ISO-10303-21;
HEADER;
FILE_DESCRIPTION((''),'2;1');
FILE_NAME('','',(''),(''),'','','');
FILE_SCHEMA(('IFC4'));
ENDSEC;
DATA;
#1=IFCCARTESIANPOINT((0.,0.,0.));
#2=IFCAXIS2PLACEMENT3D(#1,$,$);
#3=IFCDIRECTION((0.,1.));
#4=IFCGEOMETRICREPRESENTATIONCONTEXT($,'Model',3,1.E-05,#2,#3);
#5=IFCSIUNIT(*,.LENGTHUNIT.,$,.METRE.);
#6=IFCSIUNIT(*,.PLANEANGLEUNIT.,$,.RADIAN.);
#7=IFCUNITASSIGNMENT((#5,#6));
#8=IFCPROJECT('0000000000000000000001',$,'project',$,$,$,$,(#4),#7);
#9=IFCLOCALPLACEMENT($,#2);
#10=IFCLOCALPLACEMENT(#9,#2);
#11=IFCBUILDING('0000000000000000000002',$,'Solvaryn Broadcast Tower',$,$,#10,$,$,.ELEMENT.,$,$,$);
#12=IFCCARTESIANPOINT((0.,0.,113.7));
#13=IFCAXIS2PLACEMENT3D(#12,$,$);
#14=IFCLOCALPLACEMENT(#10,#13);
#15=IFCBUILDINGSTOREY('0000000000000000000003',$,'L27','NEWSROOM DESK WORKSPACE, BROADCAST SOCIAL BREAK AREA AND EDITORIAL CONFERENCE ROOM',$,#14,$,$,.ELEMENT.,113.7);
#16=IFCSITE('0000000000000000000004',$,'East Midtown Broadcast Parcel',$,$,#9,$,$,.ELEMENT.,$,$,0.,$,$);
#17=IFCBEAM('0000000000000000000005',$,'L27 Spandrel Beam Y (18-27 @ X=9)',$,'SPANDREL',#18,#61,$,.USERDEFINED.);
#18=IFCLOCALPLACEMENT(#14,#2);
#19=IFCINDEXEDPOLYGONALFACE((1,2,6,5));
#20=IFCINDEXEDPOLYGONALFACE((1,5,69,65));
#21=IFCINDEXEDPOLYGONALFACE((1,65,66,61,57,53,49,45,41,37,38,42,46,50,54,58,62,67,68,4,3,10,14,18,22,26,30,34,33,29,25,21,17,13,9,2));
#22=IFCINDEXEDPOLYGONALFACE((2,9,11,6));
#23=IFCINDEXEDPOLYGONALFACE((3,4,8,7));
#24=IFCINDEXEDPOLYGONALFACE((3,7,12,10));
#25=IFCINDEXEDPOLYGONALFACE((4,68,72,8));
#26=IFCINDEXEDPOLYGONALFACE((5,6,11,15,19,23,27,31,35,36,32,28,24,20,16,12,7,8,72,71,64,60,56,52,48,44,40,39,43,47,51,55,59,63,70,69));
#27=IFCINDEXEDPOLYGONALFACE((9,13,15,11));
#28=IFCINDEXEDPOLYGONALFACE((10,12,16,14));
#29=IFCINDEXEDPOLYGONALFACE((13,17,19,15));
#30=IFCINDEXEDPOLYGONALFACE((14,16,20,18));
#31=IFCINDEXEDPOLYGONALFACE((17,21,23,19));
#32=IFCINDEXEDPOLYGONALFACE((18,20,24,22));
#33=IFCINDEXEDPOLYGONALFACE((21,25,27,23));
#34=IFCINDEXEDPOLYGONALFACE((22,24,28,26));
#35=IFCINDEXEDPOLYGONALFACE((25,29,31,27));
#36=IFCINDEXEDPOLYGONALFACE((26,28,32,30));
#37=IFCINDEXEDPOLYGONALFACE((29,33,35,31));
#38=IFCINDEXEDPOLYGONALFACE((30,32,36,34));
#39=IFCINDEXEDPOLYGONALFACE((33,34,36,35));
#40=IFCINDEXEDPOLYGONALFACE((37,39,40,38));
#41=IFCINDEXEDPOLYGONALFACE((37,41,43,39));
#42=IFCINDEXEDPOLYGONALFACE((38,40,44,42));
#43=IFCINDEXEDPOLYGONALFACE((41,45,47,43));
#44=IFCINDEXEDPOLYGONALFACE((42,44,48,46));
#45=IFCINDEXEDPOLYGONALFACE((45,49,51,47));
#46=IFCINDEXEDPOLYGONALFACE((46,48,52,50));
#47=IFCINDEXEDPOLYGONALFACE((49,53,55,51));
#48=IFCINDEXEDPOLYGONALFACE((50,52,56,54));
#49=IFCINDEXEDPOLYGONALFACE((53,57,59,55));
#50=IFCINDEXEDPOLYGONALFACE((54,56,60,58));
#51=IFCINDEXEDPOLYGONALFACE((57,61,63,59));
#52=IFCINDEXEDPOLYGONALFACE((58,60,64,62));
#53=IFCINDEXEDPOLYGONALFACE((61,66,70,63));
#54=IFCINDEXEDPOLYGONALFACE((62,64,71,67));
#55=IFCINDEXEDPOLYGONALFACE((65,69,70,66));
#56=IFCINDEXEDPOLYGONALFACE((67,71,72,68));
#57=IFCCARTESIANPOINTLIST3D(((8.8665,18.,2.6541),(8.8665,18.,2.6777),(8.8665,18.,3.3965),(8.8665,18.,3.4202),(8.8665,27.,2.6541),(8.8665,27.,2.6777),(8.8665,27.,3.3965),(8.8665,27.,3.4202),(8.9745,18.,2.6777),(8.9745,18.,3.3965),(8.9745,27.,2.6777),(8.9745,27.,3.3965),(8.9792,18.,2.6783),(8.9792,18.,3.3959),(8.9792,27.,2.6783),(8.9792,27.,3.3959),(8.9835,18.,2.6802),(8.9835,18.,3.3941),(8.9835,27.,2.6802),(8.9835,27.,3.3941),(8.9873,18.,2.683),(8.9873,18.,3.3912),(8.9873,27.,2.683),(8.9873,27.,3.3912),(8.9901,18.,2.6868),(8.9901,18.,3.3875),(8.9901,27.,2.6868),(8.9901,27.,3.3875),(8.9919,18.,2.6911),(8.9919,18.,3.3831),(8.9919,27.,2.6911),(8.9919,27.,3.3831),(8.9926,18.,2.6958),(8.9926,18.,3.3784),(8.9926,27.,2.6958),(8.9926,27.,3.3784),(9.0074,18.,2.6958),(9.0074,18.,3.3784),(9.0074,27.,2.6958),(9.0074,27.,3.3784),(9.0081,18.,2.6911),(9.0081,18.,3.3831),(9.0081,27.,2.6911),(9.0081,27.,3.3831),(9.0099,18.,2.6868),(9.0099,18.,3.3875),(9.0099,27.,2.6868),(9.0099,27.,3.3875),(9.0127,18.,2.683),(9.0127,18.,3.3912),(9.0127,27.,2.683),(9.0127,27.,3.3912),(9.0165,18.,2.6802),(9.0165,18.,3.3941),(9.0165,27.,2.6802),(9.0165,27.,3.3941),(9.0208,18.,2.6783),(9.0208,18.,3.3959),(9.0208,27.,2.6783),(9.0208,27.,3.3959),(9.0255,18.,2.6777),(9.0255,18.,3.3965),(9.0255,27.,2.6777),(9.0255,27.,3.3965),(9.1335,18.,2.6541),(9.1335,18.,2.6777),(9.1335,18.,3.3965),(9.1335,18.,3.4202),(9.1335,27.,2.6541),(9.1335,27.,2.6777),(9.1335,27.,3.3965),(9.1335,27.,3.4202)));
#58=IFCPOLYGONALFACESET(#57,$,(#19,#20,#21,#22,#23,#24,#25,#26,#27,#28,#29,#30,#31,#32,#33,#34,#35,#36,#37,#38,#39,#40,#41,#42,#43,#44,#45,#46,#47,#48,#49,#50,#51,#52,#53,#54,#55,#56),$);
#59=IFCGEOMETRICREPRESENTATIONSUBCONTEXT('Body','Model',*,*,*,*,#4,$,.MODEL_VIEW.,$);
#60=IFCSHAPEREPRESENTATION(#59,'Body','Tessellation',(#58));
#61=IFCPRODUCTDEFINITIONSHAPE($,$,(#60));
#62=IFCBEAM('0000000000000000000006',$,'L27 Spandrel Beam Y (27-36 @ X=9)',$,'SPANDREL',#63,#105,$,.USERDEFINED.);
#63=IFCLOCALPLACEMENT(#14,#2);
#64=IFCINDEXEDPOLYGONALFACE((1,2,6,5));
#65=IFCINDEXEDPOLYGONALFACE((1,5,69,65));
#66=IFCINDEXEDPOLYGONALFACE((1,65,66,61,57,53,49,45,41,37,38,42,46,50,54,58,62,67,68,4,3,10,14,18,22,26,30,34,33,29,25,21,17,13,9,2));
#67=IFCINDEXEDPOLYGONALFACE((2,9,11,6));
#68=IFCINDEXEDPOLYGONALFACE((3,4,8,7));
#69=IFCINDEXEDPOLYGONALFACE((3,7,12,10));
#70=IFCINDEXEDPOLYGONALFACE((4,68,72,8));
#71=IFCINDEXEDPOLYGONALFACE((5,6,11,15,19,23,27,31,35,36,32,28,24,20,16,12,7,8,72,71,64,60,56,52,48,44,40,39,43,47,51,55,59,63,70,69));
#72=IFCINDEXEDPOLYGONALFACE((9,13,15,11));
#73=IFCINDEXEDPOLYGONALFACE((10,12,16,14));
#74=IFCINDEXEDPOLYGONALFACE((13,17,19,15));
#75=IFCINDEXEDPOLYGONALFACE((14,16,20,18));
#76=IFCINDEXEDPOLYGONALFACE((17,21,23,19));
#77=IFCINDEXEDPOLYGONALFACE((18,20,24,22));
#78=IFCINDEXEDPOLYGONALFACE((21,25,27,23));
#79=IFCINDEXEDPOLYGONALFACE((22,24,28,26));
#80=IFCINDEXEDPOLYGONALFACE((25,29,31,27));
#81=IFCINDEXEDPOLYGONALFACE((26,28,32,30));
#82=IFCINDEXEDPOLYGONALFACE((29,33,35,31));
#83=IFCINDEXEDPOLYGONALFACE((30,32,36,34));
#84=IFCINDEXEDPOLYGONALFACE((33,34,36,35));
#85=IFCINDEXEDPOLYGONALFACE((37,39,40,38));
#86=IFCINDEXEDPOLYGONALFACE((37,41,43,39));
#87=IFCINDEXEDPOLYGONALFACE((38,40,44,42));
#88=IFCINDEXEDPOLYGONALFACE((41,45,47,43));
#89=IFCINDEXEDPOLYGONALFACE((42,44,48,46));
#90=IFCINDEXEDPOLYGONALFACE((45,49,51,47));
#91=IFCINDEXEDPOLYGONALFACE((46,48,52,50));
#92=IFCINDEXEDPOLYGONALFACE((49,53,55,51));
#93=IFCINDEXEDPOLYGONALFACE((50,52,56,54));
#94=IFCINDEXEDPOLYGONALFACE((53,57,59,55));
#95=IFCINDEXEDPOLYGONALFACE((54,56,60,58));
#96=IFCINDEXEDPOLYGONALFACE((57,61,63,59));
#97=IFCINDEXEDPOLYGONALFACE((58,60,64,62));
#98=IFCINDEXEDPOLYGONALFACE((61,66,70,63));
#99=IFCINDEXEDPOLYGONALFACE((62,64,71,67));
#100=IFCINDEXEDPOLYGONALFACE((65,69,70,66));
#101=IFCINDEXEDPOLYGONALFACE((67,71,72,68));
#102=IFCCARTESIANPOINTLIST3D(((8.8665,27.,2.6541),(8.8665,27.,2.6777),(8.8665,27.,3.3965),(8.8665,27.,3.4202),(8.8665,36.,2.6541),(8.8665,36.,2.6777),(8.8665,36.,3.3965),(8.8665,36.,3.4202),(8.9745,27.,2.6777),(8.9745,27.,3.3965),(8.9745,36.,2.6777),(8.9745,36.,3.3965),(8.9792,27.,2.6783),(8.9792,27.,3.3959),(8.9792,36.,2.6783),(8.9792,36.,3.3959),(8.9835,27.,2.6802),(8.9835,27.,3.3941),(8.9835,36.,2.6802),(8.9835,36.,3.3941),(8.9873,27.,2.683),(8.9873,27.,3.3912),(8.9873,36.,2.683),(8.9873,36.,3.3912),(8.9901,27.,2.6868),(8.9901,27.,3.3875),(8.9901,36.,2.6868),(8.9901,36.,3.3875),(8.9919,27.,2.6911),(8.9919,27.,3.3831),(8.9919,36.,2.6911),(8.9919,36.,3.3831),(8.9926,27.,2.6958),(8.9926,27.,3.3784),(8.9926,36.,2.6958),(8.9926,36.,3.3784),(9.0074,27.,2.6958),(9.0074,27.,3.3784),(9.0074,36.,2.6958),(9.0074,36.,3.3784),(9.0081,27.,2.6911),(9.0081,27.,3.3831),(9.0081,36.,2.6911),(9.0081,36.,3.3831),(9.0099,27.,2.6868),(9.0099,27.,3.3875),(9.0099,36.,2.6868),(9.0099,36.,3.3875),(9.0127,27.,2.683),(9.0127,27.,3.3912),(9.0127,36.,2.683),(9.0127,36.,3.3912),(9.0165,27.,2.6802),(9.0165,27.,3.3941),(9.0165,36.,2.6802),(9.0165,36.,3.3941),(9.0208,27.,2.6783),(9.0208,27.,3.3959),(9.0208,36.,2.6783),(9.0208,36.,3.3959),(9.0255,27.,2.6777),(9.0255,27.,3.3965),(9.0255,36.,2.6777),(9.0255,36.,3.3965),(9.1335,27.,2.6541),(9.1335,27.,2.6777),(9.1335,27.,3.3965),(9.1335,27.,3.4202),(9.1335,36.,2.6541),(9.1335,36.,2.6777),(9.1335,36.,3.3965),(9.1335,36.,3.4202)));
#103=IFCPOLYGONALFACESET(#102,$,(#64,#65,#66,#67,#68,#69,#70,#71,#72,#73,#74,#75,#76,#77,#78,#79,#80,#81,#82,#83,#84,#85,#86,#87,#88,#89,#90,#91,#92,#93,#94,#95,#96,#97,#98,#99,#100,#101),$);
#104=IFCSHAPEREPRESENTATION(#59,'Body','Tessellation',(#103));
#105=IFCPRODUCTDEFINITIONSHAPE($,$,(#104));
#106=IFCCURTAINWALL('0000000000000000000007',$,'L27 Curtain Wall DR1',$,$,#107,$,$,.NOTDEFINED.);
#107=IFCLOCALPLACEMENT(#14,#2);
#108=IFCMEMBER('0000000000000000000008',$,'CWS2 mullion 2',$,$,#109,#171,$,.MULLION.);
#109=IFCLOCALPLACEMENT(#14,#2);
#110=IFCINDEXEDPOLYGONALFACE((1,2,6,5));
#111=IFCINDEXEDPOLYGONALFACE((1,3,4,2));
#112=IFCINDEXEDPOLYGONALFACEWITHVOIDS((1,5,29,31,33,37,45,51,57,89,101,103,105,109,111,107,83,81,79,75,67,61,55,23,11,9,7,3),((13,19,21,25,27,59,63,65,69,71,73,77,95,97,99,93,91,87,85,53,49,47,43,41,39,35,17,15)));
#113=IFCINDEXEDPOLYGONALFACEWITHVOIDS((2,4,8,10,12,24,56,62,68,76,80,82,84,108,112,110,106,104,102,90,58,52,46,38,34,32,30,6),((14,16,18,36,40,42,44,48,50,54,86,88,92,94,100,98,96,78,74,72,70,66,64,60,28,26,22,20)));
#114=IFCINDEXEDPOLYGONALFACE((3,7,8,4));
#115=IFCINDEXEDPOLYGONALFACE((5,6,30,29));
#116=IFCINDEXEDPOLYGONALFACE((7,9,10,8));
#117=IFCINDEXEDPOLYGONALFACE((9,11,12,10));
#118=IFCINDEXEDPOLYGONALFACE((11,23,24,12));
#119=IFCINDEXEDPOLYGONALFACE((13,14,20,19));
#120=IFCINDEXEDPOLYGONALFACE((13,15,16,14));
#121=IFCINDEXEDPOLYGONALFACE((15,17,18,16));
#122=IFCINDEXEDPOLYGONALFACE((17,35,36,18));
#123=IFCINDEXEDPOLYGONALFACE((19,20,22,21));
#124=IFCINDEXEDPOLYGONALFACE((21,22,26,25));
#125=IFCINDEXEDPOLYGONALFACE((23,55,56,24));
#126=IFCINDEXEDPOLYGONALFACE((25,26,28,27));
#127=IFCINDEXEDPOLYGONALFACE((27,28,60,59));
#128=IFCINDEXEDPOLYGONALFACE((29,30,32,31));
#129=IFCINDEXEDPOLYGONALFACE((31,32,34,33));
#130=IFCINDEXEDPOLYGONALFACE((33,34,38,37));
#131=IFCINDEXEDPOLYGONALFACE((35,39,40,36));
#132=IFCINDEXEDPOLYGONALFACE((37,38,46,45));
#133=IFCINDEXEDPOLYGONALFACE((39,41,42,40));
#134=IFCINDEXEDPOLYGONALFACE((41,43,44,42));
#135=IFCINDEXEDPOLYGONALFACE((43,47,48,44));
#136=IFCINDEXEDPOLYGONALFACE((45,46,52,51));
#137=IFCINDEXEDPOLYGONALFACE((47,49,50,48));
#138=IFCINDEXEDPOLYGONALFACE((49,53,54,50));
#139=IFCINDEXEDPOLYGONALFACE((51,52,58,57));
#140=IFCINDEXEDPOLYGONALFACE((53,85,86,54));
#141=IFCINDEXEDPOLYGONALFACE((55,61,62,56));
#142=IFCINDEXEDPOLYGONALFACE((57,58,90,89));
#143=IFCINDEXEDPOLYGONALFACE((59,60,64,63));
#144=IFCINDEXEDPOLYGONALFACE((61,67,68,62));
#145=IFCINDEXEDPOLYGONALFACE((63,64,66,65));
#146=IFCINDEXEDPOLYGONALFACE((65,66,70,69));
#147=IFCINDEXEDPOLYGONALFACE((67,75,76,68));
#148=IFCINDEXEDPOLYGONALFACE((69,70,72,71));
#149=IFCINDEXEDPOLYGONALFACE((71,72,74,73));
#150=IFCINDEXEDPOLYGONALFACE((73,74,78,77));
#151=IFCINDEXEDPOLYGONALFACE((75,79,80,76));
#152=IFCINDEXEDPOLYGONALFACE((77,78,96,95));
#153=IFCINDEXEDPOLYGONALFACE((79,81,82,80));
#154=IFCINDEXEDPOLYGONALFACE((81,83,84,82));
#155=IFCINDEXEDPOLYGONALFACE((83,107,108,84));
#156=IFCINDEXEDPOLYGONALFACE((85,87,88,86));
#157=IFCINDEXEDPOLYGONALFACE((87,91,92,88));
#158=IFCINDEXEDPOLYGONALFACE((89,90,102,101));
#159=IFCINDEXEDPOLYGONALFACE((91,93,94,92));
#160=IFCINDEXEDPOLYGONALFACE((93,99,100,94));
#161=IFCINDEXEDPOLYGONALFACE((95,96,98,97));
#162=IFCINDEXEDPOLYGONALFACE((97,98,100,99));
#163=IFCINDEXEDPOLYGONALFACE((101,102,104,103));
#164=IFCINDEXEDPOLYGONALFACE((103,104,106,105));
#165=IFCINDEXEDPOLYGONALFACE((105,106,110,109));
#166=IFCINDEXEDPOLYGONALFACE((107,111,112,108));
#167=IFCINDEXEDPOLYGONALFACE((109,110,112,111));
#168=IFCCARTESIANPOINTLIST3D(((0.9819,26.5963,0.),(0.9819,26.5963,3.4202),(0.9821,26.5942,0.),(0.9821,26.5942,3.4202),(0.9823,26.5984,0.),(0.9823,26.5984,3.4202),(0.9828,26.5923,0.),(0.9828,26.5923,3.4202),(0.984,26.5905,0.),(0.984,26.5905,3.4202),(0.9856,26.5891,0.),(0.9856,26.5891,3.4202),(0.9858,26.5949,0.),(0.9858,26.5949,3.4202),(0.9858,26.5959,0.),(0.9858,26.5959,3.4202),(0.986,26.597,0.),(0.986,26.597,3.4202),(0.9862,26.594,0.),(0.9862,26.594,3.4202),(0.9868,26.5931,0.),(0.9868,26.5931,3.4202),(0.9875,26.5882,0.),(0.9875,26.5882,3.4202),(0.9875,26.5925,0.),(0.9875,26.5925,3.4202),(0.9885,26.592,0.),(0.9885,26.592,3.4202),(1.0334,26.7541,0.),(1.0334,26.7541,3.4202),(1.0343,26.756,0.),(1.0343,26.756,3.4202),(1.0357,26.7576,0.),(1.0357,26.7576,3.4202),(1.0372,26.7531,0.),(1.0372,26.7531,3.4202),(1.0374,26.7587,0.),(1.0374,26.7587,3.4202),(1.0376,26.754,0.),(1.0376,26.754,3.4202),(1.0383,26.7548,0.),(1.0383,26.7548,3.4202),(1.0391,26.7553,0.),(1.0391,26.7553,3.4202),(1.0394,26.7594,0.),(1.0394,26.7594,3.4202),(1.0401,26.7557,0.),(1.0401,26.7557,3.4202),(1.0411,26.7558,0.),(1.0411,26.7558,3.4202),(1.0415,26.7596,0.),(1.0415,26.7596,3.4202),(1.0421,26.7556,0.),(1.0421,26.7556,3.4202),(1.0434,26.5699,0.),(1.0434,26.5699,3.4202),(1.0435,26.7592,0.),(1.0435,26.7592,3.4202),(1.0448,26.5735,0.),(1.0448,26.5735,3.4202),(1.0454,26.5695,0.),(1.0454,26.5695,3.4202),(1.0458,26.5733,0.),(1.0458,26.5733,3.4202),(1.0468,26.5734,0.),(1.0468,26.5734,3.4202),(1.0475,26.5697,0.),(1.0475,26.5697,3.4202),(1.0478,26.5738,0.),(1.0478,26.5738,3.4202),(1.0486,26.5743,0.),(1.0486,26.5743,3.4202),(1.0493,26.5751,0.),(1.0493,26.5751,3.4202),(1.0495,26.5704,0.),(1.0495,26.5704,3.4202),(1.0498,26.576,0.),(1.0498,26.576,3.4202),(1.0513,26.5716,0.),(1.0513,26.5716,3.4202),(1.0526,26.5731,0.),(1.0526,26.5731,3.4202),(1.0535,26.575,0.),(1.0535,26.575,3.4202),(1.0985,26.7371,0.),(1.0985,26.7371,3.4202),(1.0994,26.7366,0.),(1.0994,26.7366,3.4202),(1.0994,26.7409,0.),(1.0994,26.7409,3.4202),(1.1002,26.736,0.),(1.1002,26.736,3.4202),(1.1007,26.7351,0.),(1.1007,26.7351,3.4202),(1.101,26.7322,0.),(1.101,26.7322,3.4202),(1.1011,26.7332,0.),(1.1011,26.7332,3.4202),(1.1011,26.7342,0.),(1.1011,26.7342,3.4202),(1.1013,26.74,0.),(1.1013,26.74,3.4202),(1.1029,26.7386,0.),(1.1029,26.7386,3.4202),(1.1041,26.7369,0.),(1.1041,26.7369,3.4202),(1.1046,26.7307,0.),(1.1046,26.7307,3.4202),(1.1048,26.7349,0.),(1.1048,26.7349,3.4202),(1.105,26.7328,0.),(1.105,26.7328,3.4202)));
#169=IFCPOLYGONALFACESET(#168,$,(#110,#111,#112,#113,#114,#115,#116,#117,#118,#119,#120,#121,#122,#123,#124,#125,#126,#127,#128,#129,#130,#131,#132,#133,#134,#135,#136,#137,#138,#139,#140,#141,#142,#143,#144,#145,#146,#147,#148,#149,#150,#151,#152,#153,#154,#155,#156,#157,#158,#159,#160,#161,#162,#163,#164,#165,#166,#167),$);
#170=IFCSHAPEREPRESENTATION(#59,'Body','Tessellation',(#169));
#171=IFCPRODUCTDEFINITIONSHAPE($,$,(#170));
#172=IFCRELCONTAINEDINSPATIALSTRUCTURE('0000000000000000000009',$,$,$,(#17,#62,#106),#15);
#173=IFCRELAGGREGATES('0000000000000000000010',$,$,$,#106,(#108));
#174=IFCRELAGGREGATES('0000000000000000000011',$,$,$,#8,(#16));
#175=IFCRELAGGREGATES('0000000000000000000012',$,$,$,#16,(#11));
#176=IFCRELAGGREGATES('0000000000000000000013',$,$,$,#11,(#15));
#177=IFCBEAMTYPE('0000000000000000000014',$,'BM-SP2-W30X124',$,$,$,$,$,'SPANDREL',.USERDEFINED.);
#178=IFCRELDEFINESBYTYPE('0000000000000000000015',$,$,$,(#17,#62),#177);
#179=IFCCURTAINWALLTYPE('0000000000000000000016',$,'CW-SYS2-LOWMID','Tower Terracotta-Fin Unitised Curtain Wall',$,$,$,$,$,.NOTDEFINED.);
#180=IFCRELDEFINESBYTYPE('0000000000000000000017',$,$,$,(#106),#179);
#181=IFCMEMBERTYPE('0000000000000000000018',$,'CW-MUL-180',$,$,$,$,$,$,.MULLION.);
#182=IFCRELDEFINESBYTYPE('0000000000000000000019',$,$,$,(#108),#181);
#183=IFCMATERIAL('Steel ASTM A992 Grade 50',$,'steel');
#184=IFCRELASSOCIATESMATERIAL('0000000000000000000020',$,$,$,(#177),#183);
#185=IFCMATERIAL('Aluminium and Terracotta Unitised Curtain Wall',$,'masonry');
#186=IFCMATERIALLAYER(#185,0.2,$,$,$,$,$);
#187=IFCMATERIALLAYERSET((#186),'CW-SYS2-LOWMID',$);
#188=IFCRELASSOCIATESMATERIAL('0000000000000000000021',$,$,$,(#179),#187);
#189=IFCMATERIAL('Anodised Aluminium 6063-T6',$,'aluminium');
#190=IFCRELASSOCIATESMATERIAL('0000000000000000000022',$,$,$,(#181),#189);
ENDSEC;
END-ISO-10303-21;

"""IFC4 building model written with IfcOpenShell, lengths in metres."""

from ifc_helpers import new_model, si_unit, direction, frame, origin, origin_2d, place, context, subcontext, project, spatial, hollow_rectangle, i_section, extrude, material, layer, layer_set, material_profile, profile_set, type_object, element, aggregate, save


model = new_model("IFC4")

# Units and contexts
model_context = context("Model", 3, precision=1e-05, world=origin(), true_north=direction((0.0, 1.0)))
body_context = subcontext(model_context, "Body", "Model", "MODEL_VIEW")
ifc_project = project(units=[si_unit("LENGTHUNIT", "METRE"), si_unit("PLANEANGLEUNIT", "RADIAN")], contexts=[model_context])

# Site, building, storey
site_placement = place(None, origin())
site = spatial("IfcSite", under=ifc_project, at=site_placement, Name="East Midtown Broadcast Parcel", CompositionType="ELEMENT", RefElevation=0.0)
building_placement = place(site_placement, origin())
building = spatial("IfcBuilding", under=site, at=building_placement, Name="Solvaryn Broadcast Tower", CompositionType="ELEMENT")
storey_placement = place(building_placement, frame((0.0, 0.0, 113.7)))
storey = spatial("IfcBuildingStorey", under=building, at=storey_placement, Name="L27", Description="NEWSROOM DESK WORKSPACE, BROADCAST SOCIAL BREAK AREA AND EDITORIAL CONFERENCE ROOM", CompositionType="ELEMENT", Elevation=113.7)

# Beams
ifc_material_1 = material(Name="Steel ASTM A992 Grade 50", Category="steel")
ifc_material_profile_1 = material_profile(ifc_material_1, i_section(OverallWidth=0.2671, OverallDepth=0.7661, WebThickness=0.0149, FlangeThickness=0.0237, FilletRadius=0.0181, at=origin_2d()))
ifc_profile_set_1 = profile_set([ifc_material_profile_1], Name="Steel ASTM A992 Grade 50")
beam_type_1 = type_object("IfcBeamType", Name="BM-SP2-W30X124", ElementType="SPANDREL", PredefinedType="USERDEFINED", material=ifc_profile_set_1)
for number, where, z_axis, x_axis, name in (
    (1, (9.0, 18.0, 3.0371), (0.0, 1.0, 0.0), (-1.0, 0.0, 0.0), "L27 Spandrel Beam Y (18-27 @ X=9)"),
    (2, (9.0, 27.0, 3.0371), (0.0, 1.0, 0.0), (-1.0, 0.0, 0.0), "L27 Spandrel Beam Y (27-36 @ X=9)"),
):
    element("IfcBeam", number, at=place(storey_placement, frame(where, z_axis=z_axis, x_axis=x_axis)), inside=storey, type_object=beam_type_1, Name=name, ObjectType="SPANDREL", PredefinedType="USERDEFINED", context=body_context, shape_type="SweptSolid", body=[
        extrude(i_section(OverallWidth=0.2671, OverallDepth=0.7661, WebThickness=0.0149, FlangeThickness=0.0237, FilletRadius=0.0181, at=origin_2d()), origin(), (0.0, 0.0, 1.0), 9.0),
    ])

# Curtain wall, member
ifc_material_2 = material(Name="Aluminium and Terracotta Unitised Curtain Wall", Category="masonry")
ifc_layer_1 = layer(ifc_material_2, 0.2)
ifc_layer_set_1 = layer_set([ifc_layer_1], Name="CW-SYS2-LOWMID")
curtain_wall_type = type_object("IfcCurtainWallType", Name="CW-SYS2-LOWMID", Description="Tower Terracotta-Fin Unitised Curtain Wall", PredefinedType="NOTDEFINED", material=ifc_layer_set_1)
curtain_wall_1_placement = place(storey_placement, origin())
curtain_wall_1 = element("IfcCurtainWall", 3, at=curtain_wall_1_placement, inside=storey, type_object=curtain_wall_type, Name="L27 Curtain Wall DR1", PredefinedType="NOTDEFINED")
ifc_material_3 = material(Name="Anodised Aluminium 6063-T6", Category="aluminium")
ifc_material_profile_2 = material_profile(ifc_material_3, hollow_rectangle(XDim=0.075, YDim=0.1799, WallThickness=0.0039, InnerFilletRadius=0.0039, OuterFilletRadius=0.0081, at=origin_2d()))
ifc_profile_set_2 = profile_set([ifc_material_profile_2], Name="Anodised Aluminium 6063-T6")
member_type_1 = type_object("IfcMemberType", Name="CW-MUL-180", PredefinedType="MULLION", material=ifc_profile_set_2)
member_1_placement = place(storey_placement, frame((1.0435, 26.6646, 0.0), z_axis=(0.0, 0.0, 1.0), x_axis=(0.950198, -0.311646, 0.0)))
member_1 = element("IfcMember", 4, at=member_1_placement, type_object=member_type_1, Name="CWS2 mullion 2", PredefinedType="MULLION", context=body_context, shape_type="SweptSolid", body=[
    extrude(hollow_rectangle(XDim=0.075, YDim=0.1799, WallThickness=0.0039, InnerFilletRadius=0.0039, OuterFilletRadius=0.0081, at=origin_2d()), origin(), (0.0, 0.0, 1.0), 3.4202),
])
aggregate(curtain_wall_1, [member_1])

save(model, "model.ifc")
